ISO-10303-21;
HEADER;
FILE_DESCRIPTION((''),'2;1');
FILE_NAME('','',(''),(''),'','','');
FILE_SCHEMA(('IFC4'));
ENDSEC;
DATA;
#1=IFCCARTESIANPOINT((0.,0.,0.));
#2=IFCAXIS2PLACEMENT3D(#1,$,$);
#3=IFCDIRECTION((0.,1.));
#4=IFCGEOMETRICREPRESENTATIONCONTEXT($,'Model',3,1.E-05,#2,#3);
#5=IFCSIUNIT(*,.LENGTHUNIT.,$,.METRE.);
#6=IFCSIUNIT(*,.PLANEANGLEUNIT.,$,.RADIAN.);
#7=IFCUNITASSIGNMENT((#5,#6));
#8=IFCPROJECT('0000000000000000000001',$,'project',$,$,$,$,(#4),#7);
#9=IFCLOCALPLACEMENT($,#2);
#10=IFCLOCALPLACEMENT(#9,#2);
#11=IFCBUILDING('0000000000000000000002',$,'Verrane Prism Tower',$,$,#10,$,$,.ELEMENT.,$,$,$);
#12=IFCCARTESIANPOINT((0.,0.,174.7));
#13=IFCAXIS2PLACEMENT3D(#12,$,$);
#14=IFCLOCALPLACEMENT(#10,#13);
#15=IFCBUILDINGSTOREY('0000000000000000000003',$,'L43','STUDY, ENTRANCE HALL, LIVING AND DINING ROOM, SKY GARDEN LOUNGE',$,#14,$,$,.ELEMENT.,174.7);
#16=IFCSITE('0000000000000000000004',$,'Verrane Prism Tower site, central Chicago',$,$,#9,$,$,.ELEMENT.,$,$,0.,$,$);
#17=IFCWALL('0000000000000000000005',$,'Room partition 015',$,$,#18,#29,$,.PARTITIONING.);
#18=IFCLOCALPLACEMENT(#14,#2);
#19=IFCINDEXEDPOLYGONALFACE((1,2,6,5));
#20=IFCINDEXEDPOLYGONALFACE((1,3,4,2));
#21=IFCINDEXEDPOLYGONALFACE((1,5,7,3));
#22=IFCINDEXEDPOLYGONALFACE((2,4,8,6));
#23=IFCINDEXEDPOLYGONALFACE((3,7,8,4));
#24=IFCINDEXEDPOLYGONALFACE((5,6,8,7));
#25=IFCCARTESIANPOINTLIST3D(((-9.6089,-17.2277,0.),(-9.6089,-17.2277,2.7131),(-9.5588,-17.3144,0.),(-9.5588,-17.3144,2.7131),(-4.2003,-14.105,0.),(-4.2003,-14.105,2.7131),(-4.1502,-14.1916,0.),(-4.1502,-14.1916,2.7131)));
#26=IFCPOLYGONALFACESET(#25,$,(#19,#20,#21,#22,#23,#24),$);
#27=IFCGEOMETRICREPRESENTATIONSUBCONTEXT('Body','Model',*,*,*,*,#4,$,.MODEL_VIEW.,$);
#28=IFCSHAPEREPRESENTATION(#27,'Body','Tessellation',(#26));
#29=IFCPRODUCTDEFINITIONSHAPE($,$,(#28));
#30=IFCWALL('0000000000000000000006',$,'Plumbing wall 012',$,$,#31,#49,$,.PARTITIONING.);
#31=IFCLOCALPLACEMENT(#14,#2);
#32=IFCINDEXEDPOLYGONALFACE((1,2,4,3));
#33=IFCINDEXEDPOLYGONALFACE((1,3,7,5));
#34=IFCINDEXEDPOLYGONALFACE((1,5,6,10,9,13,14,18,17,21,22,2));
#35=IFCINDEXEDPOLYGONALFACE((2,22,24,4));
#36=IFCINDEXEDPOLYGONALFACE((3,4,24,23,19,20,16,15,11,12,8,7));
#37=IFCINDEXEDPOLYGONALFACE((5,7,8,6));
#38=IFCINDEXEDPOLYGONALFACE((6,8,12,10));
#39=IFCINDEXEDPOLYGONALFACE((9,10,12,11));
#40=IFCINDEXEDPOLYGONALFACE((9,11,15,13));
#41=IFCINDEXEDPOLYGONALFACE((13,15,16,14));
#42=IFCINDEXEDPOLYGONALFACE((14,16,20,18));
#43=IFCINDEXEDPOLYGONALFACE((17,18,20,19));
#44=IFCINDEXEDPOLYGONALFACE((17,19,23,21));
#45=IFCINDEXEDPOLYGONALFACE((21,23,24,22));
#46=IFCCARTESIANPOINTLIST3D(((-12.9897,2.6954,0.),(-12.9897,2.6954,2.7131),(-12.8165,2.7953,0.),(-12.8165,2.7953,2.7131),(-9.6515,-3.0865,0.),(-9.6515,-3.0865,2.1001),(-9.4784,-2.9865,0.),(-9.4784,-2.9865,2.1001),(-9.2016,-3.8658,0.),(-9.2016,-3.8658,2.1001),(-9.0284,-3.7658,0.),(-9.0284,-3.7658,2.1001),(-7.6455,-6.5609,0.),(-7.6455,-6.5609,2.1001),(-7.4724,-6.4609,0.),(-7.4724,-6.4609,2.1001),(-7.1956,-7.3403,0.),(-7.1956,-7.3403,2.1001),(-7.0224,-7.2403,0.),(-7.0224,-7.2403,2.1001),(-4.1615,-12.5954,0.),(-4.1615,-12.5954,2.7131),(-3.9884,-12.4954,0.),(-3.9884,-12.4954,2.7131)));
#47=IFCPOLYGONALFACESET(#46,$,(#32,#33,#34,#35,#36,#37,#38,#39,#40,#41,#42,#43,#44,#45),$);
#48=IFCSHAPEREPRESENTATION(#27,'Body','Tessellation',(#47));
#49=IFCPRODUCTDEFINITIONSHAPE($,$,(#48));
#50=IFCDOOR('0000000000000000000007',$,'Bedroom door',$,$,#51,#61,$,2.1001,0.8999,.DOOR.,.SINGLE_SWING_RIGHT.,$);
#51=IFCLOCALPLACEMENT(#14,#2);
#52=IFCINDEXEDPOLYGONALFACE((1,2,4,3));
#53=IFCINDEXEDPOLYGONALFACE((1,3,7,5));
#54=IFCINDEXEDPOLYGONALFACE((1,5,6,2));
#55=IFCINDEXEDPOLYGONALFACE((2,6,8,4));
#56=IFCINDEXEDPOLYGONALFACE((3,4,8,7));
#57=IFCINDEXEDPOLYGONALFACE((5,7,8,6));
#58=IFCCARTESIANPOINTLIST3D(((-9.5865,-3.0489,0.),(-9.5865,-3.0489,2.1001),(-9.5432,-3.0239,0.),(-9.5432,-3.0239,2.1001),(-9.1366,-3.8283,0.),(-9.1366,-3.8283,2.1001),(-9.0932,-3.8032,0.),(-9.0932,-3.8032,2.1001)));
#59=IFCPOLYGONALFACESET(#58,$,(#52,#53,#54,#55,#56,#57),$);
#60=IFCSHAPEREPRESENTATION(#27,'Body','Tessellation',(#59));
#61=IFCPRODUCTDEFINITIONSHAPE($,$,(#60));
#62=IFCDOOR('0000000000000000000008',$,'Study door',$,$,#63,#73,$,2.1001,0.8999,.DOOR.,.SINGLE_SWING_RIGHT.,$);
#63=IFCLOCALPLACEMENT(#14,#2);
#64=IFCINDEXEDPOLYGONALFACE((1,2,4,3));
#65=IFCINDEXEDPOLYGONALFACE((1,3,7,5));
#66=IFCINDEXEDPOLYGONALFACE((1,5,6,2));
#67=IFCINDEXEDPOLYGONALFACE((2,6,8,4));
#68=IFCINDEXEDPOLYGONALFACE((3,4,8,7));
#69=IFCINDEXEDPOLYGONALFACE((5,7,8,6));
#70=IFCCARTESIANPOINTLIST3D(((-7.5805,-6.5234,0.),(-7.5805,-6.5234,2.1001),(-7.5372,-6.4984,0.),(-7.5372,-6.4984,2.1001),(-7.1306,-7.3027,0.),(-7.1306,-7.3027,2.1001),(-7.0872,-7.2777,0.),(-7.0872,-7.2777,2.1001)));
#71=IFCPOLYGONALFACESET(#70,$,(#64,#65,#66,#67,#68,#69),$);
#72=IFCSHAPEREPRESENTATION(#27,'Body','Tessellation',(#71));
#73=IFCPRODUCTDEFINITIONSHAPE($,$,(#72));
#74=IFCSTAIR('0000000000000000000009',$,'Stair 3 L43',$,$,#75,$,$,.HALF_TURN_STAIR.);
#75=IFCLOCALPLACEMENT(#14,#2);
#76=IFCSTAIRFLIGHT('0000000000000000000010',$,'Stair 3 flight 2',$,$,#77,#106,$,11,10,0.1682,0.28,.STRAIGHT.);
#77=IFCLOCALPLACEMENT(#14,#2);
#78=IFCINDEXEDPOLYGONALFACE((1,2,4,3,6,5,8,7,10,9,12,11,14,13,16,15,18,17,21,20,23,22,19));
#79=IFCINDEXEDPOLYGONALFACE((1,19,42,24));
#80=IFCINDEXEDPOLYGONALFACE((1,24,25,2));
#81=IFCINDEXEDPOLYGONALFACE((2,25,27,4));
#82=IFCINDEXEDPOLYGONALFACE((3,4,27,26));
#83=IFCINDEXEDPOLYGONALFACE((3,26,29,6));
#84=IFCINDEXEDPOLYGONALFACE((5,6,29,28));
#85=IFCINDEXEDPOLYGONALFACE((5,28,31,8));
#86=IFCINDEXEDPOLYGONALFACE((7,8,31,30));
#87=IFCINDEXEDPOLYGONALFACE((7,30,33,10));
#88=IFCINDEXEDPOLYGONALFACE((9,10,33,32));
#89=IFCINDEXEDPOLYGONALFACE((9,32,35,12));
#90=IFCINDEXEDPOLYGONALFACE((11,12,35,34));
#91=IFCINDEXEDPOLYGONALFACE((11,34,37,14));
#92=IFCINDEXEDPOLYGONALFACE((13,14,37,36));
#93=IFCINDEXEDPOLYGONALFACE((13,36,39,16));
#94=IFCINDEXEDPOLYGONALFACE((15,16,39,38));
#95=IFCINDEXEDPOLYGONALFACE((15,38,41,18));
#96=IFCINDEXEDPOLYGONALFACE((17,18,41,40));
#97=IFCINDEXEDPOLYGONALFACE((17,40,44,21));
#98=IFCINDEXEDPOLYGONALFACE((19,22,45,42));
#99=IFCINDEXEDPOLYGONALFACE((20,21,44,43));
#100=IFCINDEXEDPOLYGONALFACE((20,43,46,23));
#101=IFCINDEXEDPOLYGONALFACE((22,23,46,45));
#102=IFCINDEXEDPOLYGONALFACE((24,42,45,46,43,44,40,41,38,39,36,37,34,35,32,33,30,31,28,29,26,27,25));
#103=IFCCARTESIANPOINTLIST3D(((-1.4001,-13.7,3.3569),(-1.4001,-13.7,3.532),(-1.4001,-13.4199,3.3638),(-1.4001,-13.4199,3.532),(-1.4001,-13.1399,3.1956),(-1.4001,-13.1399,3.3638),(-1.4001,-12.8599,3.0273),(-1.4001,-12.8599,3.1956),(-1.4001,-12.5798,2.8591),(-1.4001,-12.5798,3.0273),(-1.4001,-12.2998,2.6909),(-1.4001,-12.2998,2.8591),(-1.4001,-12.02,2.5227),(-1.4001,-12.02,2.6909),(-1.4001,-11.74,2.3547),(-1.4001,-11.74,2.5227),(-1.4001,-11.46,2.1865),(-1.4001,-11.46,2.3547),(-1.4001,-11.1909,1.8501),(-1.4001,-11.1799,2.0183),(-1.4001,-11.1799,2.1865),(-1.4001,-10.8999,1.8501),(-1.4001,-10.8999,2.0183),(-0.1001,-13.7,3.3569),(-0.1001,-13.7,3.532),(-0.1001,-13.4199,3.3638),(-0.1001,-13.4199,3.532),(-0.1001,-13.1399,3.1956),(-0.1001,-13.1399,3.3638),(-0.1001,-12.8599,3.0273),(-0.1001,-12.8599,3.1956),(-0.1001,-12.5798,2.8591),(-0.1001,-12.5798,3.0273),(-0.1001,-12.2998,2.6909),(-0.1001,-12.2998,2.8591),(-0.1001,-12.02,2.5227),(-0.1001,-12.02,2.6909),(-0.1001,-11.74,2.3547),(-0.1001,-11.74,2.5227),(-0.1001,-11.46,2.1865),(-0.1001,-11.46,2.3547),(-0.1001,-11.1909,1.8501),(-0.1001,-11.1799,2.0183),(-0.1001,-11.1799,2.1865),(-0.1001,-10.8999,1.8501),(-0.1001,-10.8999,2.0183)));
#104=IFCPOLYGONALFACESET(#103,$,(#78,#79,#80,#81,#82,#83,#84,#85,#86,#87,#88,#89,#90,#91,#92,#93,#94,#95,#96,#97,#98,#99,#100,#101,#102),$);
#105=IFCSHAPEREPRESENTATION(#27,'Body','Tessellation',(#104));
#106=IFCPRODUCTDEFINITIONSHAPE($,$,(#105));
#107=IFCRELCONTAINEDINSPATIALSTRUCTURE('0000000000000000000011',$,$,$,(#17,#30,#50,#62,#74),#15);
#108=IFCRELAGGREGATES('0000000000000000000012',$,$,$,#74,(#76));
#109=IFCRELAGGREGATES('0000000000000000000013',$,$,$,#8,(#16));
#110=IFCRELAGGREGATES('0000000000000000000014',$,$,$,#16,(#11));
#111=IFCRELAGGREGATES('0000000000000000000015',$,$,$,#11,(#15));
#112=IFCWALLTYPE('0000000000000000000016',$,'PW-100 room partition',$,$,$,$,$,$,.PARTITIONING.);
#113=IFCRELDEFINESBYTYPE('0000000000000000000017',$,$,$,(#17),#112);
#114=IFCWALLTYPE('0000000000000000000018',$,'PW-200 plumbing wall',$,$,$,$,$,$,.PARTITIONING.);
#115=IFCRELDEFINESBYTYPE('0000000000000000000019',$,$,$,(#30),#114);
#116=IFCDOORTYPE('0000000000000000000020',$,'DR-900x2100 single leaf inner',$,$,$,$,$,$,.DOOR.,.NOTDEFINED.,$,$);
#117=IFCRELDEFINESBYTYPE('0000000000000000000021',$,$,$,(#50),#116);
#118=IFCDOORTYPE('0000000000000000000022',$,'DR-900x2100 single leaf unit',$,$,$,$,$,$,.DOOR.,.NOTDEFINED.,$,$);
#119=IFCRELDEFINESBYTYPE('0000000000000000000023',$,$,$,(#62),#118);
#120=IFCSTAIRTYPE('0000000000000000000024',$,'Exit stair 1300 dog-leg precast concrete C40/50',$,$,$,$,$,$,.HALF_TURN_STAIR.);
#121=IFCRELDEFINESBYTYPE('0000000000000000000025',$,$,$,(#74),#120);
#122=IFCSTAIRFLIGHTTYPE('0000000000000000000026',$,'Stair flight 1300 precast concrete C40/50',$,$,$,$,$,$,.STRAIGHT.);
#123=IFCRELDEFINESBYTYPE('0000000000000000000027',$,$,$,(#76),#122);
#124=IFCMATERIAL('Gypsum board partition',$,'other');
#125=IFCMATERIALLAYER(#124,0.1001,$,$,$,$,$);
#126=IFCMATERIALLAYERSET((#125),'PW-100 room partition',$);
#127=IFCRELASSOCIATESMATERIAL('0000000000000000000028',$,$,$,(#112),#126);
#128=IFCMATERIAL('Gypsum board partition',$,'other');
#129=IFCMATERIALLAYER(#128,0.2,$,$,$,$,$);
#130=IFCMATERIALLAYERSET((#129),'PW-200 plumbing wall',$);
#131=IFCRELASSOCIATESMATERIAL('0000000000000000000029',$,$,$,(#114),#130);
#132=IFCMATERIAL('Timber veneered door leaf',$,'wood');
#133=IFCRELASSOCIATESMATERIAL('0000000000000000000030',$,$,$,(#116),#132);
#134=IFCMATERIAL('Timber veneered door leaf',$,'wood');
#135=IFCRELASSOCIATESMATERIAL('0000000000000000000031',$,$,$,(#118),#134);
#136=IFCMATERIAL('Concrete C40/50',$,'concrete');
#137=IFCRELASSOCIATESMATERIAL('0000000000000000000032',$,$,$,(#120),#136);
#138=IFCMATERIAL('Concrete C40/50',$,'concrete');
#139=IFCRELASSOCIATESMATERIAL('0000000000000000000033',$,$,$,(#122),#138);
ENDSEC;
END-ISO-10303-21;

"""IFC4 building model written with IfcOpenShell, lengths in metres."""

from ifc_helpers import new_model, si_unit, direction, frame, frame_2d, origin, place, context, subcontext, project, spatial, polyline, rectangle, outline, extrude, material, layer, layer_set, type_object, element, fill, aggregate, save


model = new_model("IFC4")

# Units and contexts
model_context = context("Model", 3, precision=1e-05, world=origin(), true_north=direction((0.0, 1.0)))
body_context = subcontext(model_context, "Body", "Model", "MODEL_VIEW")
ifc_project = project(units=[si_unit("LENGTHUNIT", "METRE"), si_unit("PLANEANGLEUNIT", "RADIAN")], contexts=[model_context])

# Site, building, storey
site_placement = place(None, origin())
site = spatial("IfcSite", under=ifc_project, at=site_placement, Name="Verrane Prism Tower site, central Chicago", CompositionType="ELEMENT", RefElevation=0.0)
building_placement = place(site_placement, origin())
building = spatial("IfcBuilding", under=site, at=building_placement, Name="Verrane Prism Tower", CompositionType="ELEMENT")
storey_placement = place(building_placement, frame((0.0, 0.0, 174.7)))
storey = spatial("IfcBuildingStorey", under=building, at=storey_placement, Name="L43", Description="STUDY, ENTRANCE HALL, LIVING AND DINING ROOM, SKY GARDEN LOUNGE", CompositionType="ELEMENT", Elevation=174.7)

# Wall
ifc_material_1 = material(Name="Gypsum board partition", Category="other")
ifc_layer_1 = layer(ifc_material_1, 0.1001)
ifc_layer_set_1 = layer_set([ifc_layer_1], Name="PW-100 room partition")
wall_type_1 = type_object("IfcWallType", Name="PW-100 room partition", PredefinedType="PARTITIONING", material=ifc_layer_set_1)
wall_1_placement = place(storey_placement, frame((-9.5837, -17.271, 0.0), z_axis=(0.0, 0.0, 1.0), x_axis=(0.866019, 0.500011, 0.0)))
element("IfcWall", 1, at=wall_1_placement, inside=storey, type_object=wall_type_1, Name="Room partition 015", PredefinedType="PARTITIONING", context=body_context, shape_type="SweptSolid", body=[
    extrude(rectangle(XDim=6.2454, YDim=0.1001, at=frame_2d((3.1226, 0.0))), origin(), (0.0, 0.0, 1.0), 2.7131),
])

# Wall, openings, doors
ifc_material_2 = material(Name="Gypsum board partition", Category="other")
ifc_layer_2 = layer(ifc_material_2, 0.2)
ifc_layer_set_2 = layer_set([ifc_layer_2], Name="PW-200 plumbing wall")
wall_type_2 = type_object("IfcWallType", Name="PW-200 plumbing wall", PredefinedType="PARTITIONING", material=ifc_layer_set_2)
wall_2_placement = place(storey_placement, frame((-4.075, -12.5454, 0.0), z_axis=(0.0, 0.0, 1.0), x_axis=(-0.5, 0.866026, 0.0)))
wall_2 = element("IfcWall", 2, at=wall_2_placement, inside=storey, type_object=wall_type_2, Name="Plumbing wall 012", PredefinedType="PARTITIONING", context=body_context, shape_type="SweptSolid", body=[
    extrude(rectangle(XDim=17.6562, YDim=0.2, at=frame_2d((8.8281, 0.0))), origin(), (0.0, 0.0, 1.0), 2.7131),
])
opening_1_placement = place(wall_2_placement, frame((10.0801, 0.0, 0.0)))
opening_1 = element("IfcOpeningElement", 3, at=opening_1_placement, cuts=wall_2, PredefinedType="OPENING", context=body_context, shape_type="SweptSolid", body=[
    extrude(rectangle(XDim=0.8999, YDim=2.1001, at=frame_2d((0.45, 1.05))), frame((0.0, 0.1099, 0.0), z_axis=(0.0, -1.0, 0.0), x_axis=(1.0, 0.0, 0.0)), (0.0, 0.0, 1.0), 0.22),
])
opening_2_placement = place(wall_2_placement, frame((6.0681, 0.0, 0.0)))
opening_2 = element("IfcOpeningElement", 4, at=opening_2_placement, cuts=wall_2, PredefinedType="OPENING", context=body_context, shape_type="SweptSolid", body=[
    extrude(rectangle(XDim=0.8999, YDim=2.1001, at=frame_2d((0.45, 1.05))), frame((0.0, 0.1099, 0.0), z_axis=(0.0, -1.0, 0.0), x_axis=(1.0, 0.0, 0.0)), (0.0, 0.0, 1.0), 0.22),
])
ifc_material_3 = material(Name="Timber veneered door leaf", Category="wood")
door_type_1 = type_object("IfcDoorType", Name="DR-900x2100 single leaf inner", OperationType="NOTDEFINED", PredefinedType="DOOR", material=ifc_material_3)
door_1_placement = place(opening_1_placement, origin())
door_1 = element("IfcDoor", 5, at=door_1_placement, inside=storey, type_object=door_type_1, Name="Bedroom door", OperationType="SINGLE_SWING_RIGHT", OverallHeight=2.1001, OverallWidth=0.8999, PredefinedType="DOOR", context=body_context, shape_type="SweptSolid", body=[
    extrude(rectangle(XDim=0.8999, YDim=2.1001, at=frame_2d((0.45, 1.05))), frame((0.0, 0.0249, 0.0), z_axis=(0.0, -1.0, 0.0), x_axis=(1.0, 0.0, 0.0)), (0.0, 0.0, 1.0), 0.05),
])
fill(opening_1, door_1)
ifc_material_4 = material(Name="Timber veneered door leaf", Category="wood")
door_type_2 = type_object("IfcDoorType", Name="DR-900x2100 single leaf unit", OperationType="NOTDEFINED", PredefinedType="DOOR", material=ifc_material_4)
door_2_placement = place(opening_2_placement, origin())
door_2 = element("IfcDoor", 6, at=door_2_placement, inside=storey, type_object=door_type_2, Name="Study door", OperationType="SINGLE_SWING_RIGHT", OverallHeight=2.1001, OverallWidth=0.8999, PredefinedType="DOOR", context=body_context, shape_type="SweptSolid", body=[
    extrude(rectangle(XDim=0.8999, YDim=2.1001, at=frame_2d((0.45, 1.05))), frame((0.0, 0.0249, 0.0), z_axis=(0.0, -1.0, 0.0), x_axis=(1.0, 0.0, 0.0)), (0.0, 0.0, 1.0), 0.05),
])
fill(opening_2, door_2)

# Stair, stair flight
ifc_material_5 = material(Name="Concrete C40/50", Category="concrete")
stair_type = type_object("IfcStairType", Name="Exit stair 1300 dog-leg precast concrete C40/50", PredefinedType="HALF_TURN_STAIR", material=ifc_material_5)
stair_placement = place(storey_placement, origin())
stair = element("IfcStair", 7, at=stair_placement, inside=storey, type_object=stair_type, Name="Stair 3 L43", PredefinedType="HALF_TURN_STAIR")
ifc_material_6 = material(Name="Concrete C40/50", Category="concrete")
stair_flight_type = type_object("IfcStairFlightType", Name="Stair flight 1300 precast concrete C40/50", PredefinedType="STRAIGHT", material=ifc_material_6)
stair_flight_placement = place(storey_placement, frame((-0.75, -10.8999, 1.8501), z_axis=(0.0, 0.0, 1.0), x_axis=(0.0, -1.0, 0.0)))
stair_flight = element("IfcStairFlight", 8, at=stair_flight_placement, type_object=stair_flight_type, Name="Stair 3 flight 2", NumberOfRisers=11, NumberOfTreads=10, PredefinedType="STRAIGHT", RiserHeight=0.1682, TreadLength=0.28, context=body_context, shape_type="SweptSolid", body=[
    extrude(outline(polyline([(0.0, 0.0), (0.0, 0.1682), (0.28, 0.1682), (0.28, 0.3364), (0.5601, 0.3364), (0.5601, 0.5046), (0.8401, 0.5046), (0.8401, 0.6726), (1.1201, 0.6726), (1.1201, 0.8408), (1.3999, 0.8408), (1.3999, 1.009), (1.6799, 1.009), (1.6799, 1.1772), (1.96, 1.1772), (1.96, 1.3455), (2.24, 1.3455), (2.24, 1.5137), (2.52, 1.5137), (2.52, 1.6819), (2.8, 1.6819), (2.8, 1.8501), (2.8, 1.5068), (0.291, 0.0), (0.0, 0.0)])), frame((0.0, 0.6499, 0.0), z_axis=(0.0, -1.0, 0.0), x_axis=(1.0, 0.0, 0.0)), (0.0, 0.0, 1.0), 1.3),
])
aggregate(stair, [stair_flight])

save(model, "model.ifc")
